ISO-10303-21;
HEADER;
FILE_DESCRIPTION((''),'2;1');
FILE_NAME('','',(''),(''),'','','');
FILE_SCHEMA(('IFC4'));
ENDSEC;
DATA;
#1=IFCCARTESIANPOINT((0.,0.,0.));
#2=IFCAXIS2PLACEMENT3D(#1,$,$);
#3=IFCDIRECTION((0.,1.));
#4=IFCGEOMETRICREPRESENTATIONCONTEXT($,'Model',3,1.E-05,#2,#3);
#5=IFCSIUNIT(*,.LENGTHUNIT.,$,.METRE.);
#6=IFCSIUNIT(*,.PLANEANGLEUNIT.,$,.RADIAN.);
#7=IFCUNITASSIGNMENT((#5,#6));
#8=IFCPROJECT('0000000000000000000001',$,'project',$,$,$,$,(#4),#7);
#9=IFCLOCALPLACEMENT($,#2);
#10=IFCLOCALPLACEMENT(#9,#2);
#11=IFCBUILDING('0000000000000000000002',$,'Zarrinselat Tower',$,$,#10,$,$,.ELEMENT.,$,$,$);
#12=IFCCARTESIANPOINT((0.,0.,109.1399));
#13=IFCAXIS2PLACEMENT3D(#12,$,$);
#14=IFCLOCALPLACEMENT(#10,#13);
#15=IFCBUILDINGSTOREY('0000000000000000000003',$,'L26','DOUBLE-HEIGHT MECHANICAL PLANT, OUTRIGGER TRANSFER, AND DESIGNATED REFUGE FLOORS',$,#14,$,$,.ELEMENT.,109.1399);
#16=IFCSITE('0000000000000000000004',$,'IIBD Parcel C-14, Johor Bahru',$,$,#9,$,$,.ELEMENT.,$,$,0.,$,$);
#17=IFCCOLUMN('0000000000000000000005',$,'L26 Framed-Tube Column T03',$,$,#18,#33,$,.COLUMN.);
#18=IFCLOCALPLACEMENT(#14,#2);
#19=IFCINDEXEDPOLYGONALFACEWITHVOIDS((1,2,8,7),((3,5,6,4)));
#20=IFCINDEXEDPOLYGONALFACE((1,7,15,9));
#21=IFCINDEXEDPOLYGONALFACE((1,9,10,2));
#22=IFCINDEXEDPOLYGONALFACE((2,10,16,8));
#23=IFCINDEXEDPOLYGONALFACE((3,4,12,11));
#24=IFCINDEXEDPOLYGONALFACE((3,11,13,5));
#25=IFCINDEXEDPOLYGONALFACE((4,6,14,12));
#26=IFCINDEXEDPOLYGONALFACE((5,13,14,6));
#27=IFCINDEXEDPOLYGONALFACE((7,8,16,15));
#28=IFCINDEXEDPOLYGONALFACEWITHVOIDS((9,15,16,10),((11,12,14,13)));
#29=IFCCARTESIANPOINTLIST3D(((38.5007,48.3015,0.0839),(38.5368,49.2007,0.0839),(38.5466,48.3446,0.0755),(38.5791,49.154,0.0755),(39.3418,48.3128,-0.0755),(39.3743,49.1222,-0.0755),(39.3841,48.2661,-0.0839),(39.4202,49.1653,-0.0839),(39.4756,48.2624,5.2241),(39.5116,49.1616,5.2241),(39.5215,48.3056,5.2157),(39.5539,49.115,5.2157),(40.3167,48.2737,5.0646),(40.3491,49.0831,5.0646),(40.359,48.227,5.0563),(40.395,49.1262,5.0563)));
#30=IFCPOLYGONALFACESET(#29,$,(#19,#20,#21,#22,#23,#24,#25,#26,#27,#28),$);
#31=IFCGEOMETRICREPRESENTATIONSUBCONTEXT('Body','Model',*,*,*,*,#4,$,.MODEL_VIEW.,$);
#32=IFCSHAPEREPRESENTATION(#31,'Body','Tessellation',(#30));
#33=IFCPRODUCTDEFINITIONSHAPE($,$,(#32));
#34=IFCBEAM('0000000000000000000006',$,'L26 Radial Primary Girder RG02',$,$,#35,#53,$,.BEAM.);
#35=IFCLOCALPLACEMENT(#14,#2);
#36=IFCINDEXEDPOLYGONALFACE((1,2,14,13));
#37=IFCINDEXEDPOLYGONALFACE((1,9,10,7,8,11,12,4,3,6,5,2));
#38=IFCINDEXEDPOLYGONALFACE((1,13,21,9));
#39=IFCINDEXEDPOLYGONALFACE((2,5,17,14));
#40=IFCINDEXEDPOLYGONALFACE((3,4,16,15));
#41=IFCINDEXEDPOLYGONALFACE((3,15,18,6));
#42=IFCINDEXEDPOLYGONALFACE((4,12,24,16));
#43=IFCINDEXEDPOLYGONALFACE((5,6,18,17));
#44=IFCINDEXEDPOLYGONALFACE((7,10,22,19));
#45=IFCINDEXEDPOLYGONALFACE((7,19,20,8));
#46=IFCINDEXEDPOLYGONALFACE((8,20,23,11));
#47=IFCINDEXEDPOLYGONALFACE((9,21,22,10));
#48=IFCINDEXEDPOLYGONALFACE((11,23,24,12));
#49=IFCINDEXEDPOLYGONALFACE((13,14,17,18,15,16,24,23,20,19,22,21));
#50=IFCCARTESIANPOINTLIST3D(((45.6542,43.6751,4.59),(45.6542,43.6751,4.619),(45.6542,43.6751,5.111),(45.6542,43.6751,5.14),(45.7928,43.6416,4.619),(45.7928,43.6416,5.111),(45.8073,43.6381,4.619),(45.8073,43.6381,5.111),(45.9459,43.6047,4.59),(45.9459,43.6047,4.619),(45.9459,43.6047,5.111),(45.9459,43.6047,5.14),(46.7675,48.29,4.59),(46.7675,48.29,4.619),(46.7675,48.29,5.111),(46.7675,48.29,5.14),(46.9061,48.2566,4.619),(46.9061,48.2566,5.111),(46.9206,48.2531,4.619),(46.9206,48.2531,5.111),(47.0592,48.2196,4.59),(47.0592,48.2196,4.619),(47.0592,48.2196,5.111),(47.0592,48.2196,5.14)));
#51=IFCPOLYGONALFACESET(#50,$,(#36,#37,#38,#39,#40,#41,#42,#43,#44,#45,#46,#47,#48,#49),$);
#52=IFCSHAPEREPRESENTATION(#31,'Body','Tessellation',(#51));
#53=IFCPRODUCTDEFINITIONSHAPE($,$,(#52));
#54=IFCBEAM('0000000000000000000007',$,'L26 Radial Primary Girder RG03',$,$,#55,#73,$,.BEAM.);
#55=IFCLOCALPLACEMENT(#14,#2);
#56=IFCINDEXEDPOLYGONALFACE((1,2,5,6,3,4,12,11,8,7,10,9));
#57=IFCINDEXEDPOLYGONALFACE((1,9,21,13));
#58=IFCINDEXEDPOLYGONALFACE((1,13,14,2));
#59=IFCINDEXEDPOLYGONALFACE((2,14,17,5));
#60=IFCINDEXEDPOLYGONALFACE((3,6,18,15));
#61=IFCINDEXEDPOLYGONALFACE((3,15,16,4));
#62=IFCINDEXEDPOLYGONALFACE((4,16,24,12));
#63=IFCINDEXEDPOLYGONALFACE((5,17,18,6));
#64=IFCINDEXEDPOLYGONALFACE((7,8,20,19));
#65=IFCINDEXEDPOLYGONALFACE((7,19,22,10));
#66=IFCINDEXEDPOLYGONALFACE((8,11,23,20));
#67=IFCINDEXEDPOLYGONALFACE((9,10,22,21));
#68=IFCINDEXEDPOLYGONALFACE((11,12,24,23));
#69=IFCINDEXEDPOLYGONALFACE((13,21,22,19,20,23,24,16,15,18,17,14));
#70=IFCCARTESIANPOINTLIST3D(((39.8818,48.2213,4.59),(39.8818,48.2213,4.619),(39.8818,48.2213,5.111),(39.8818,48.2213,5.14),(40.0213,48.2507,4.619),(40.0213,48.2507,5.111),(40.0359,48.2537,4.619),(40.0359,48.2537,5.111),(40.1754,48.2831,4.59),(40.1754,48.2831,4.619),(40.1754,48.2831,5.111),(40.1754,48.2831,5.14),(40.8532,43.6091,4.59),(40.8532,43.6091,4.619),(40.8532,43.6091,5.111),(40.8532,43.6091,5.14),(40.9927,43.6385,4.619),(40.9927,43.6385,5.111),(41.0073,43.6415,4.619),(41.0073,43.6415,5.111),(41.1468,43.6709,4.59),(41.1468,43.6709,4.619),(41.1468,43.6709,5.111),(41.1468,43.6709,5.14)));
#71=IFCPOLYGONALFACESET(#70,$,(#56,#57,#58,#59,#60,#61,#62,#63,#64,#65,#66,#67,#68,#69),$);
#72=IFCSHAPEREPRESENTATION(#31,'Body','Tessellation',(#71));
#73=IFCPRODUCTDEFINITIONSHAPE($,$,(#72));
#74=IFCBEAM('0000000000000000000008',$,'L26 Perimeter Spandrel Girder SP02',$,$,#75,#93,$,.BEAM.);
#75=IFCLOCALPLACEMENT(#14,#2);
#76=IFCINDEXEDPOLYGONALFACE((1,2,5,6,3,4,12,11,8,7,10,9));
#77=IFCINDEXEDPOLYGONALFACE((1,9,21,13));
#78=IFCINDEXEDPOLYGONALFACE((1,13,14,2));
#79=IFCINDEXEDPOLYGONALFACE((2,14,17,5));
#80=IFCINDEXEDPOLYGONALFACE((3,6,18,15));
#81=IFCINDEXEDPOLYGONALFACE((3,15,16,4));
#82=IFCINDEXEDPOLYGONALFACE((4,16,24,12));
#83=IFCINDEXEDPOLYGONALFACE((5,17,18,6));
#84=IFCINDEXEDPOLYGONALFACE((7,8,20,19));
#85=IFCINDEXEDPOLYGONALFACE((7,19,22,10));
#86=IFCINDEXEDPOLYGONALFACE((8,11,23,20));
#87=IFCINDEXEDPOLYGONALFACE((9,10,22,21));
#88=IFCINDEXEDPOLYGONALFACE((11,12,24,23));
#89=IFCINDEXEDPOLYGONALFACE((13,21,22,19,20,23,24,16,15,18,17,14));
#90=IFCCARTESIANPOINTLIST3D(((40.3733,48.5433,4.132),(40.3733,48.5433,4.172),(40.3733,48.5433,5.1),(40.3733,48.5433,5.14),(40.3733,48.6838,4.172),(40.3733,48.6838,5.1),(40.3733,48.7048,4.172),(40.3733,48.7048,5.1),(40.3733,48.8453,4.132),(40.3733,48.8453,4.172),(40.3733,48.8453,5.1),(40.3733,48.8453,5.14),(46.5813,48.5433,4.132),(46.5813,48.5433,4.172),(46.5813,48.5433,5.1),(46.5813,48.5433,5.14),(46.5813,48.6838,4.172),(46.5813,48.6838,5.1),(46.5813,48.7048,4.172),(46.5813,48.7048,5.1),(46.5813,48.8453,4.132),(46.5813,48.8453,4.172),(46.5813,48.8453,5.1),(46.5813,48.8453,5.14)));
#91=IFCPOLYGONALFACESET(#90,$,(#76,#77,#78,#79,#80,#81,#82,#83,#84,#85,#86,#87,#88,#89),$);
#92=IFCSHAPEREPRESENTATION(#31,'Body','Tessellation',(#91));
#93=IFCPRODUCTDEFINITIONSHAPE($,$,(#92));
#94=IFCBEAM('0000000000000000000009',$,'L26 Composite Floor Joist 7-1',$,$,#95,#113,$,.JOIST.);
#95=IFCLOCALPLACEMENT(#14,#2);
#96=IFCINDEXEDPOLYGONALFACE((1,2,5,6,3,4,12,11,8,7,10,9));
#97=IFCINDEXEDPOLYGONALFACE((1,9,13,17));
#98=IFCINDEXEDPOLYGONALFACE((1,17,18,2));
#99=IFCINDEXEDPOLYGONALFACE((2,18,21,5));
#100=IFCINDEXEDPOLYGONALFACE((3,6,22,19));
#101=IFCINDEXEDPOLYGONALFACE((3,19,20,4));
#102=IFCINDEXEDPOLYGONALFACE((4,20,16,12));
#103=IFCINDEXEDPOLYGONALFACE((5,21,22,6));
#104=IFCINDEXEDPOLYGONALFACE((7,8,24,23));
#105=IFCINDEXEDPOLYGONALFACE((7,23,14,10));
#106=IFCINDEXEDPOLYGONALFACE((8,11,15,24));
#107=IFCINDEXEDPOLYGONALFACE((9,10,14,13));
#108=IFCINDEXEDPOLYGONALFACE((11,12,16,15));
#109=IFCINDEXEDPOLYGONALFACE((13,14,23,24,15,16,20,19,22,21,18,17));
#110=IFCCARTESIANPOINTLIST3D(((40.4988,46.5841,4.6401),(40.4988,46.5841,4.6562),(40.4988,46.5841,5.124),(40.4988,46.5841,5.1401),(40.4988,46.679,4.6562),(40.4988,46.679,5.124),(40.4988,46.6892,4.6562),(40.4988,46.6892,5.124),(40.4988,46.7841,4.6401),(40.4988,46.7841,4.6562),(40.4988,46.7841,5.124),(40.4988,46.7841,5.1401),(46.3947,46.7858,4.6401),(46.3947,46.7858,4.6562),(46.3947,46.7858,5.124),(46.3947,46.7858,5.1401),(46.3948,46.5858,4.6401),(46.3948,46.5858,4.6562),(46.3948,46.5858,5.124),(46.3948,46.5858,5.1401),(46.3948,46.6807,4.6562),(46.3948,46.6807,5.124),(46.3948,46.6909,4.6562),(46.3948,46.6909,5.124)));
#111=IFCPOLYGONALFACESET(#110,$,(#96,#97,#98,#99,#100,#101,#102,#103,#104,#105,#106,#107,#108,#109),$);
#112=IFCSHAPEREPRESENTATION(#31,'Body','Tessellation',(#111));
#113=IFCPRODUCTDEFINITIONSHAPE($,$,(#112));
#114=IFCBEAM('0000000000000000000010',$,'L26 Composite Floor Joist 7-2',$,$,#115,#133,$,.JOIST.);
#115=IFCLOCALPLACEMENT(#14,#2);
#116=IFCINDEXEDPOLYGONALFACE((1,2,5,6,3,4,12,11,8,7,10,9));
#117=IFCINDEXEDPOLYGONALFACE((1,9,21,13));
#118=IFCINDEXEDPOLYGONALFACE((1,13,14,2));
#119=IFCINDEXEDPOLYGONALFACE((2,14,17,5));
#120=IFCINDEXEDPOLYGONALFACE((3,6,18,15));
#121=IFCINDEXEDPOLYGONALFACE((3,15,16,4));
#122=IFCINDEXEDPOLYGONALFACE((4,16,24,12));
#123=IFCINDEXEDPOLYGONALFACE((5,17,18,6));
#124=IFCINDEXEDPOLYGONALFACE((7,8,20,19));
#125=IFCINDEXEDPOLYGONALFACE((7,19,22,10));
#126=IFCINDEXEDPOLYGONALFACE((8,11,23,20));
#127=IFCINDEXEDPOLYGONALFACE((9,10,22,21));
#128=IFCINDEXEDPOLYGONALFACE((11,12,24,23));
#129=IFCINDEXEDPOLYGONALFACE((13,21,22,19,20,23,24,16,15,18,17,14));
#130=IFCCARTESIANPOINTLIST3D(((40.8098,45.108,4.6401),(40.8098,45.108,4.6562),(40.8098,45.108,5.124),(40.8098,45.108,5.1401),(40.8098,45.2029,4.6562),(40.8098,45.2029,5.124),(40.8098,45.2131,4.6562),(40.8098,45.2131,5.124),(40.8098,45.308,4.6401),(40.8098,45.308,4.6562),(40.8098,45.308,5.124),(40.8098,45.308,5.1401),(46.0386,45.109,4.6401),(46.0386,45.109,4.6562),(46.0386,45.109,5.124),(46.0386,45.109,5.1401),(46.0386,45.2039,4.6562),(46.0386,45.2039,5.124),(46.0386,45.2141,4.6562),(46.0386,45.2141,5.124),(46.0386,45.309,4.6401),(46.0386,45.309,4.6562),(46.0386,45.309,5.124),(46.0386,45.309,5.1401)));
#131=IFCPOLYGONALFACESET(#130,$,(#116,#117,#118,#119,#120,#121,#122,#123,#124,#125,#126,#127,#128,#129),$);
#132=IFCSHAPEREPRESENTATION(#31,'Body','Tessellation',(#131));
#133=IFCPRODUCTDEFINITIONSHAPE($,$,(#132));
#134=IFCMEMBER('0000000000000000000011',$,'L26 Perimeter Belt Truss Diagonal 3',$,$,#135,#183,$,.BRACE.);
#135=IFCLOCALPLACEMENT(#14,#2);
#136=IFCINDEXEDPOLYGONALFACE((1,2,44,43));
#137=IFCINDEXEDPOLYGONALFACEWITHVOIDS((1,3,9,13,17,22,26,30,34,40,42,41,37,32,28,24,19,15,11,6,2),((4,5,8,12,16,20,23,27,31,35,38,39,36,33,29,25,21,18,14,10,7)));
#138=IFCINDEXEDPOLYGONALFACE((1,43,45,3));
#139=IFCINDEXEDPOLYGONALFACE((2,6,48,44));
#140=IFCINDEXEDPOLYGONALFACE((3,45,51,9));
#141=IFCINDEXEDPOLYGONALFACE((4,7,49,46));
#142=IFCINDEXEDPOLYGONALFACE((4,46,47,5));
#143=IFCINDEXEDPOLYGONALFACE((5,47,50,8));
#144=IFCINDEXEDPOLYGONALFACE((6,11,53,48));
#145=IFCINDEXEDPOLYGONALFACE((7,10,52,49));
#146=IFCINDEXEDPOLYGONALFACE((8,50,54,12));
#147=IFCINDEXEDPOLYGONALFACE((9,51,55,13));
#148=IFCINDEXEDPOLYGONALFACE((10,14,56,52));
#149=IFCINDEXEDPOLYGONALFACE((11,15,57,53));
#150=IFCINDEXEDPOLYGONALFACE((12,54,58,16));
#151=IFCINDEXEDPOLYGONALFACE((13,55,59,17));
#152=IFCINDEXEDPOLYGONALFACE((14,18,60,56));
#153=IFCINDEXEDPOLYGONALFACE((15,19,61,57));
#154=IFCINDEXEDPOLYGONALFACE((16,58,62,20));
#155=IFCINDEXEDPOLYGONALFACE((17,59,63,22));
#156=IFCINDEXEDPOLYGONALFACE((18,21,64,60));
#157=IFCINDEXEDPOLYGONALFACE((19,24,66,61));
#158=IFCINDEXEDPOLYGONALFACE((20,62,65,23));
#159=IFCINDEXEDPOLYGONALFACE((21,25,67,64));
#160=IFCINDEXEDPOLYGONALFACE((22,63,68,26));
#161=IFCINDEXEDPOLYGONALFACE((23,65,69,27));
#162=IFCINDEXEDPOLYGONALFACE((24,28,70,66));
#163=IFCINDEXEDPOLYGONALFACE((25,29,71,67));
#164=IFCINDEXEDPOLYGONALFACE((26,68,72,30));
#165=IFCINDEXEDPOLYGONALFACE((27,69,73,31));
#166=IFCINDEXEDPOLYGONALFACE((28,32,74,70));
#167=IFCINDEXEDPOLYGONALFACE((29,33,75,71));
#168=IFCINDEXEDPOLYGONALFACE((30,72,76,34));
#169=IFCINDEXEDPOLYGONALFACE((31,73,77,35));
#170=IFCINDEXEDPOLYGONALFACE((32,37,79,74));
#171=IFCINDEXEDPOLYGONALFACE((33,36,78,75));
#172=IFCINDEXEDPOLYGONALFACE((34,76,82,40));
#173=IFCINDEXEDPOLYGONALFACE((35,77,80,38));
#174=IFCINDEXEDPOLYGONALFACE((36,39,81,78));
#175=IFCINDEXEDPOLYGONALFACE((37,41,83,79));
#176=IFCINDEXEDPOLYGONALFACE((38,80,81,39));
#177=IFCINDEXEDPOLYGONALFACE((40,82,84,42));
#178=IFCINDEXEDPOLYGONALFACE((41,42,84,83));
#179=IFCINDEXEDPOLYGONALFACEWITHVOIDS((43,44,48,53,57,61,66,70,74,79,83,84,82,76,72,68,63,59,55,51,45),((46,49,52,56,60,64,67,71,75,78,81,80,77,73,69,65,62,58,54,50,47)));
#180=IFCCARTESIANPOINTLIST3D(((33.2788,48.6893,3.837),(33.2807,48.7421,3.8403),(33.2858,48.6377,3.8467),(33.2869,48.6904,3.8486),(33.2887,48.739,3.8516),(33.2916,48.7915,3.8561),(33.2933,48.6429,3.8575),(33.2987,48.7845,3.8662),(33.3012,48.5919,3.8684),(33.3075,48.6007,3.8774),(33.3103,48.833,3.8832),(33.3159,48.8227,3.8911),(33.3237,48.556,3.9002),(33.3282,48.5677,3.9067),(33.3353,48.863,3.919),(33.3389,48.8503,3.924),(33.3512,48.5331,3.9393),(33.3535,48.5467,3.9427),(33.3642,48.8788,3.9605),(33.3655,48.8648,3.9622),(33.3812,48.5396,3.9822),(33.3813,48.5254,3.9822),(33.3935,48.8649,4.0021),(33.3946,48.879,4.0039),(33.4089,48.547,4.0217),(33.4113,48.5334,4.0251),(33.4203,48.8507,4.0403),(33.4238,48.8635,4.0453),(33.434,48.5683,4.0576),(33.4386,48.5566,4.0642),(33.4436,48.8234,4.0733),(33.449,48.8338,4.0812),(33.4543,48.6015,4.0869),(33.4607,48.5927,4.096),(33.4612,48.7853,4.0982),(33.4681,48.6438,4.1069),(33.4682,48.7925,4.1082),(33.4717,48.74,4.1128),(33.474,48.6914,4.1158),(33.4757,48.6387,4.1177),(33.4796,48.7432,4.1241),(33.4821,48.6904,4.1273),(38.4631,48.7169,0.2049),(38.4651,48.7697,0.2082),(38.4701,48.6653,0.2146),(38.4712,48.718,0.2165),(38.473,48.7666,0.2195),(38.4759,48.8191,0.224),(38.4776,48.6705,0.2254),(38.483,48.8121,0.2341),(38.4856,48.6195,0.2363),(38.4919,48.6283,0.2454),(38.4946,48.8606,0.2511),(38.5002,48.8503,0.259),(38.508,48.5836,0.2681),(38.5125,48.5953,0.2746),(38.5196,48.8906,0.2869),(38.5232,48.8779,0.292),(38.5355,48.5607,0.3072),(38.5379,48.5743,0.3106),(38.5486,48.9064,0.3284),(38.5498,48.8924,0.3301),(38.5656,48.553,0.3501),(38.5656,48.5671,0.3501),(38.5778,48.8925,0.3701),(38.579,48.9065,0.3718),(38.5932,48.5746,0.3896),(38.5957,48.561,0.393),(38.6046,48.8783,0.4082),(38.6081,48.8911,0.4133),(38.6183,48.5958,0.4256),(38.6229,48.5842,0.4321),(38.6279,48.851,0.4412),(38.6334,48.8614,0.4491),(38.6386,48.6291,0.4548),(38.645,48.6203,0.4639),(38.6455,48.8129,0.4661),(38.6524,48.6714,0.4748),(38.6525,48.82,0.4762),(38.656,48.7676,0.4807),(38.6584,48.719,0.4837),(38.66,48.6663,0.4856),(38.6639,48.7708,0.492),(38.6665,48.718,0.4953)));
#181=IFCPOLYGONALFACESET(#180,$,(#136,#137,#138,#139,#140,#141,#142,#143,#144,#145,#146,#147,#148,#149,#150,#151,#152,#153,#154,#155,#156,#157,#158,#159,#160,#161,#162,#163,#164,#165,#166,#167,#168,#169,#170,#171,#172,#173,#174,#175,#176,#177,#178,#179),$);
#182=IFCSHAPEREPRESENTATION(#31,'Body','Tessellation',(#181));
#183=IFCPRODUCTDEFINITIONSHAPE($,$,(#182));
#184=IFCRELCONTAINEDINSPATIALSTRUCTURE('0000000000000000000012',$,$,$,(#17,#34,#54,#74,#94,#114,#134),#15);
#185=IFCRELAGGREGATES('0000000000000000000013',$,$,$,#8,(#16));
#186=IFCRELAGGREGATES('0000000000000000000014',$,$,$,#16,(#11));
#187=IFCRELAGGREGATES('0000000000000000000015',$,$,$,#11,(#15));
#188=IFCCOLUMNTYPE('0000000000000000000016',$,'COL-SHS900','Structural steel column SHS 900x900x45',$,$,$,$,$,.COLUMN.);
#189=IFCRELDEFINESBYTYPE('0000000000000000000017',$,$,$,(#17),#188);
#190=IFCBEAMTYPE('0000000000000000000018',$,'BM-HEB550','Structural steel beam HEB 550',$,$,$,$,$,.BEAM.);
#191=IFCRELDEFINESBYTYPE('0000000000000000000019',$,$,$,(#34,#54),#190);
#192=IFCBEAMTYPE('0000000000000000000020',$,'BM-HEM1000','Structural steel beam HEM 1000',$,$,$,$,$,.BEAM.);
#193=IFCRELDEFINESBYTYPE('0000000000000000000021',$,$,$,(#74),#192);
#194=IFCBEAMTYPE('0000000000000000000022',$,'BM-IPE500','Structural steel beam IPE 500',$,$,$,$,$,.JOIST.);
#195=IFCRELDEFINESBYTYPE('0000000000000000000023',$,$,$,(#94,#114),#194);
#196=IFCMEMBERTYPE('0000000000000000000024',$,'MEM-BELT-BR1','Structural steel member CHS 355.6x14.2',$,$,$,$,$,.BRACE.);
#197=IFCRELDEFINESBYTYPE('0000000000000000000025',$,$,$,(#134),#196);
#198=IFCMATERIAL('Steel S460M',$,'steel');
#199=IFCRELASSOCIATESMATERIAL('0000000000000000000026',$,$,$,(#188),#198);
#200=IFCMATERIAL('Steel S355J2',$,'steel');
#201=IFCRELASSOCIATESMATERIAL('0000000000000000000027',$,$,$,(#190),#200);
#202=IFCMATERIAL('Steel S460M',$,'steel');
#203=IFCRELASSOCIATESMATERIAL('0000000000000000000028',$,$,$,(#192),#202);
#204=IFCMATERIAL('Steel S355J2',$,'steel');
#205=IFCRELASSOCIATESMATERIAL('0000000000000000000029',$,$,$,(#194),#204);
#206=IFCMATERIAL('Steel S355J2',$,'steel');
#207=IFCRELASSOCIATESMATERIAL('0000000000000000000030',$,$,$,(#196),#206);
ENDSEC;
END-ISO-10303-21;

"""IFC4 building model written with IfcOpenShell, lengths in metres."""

from ifc_helpers import new_model, si_unit, direction, frame, origin, origin_2d, place, context, subcontext, project, spatial, hollow_rectangle, hollow_circle, i_section, extrude, material, material_profile, profile_set, type_object, element, save


model = new_model("IFC4")

# Units and contexts
model_context = context("Model", 3, precision=1e-05, world=origin(), true_north=direction((0.0, 1.0)))
body_context = subcontext(model_context, "Body", "Model", "MODEL_VIEW")
ifc_project = project(units=[si_unit("LENGTHUNIT", "METRE"), si_unit("PLANEANGLEUNIT", "RADIAN")], contexts=[model_context])

# Site, building, storey
site_placement = place(None, origin())
site = spatial("IfcSite", under=ifc_project, at=site_placement, Name="IIBD Parcel C-14, Johor Bahru", CompositionType="ELEMENT", RefElevation=0.0)
building_placement = place(site_placement, origin())
building = spatial("IfcBuilding", under=site, at=building_placement, Name="Zarrinselat Tower", CompositionType="ELEMENT")
storey_placement = place(building_placement, frame((0.0, 0.0, 109.1399)))
storey = spatial("IfcBuildingStorey", under=building, at=storey_placement, Name="L26", Description="DOUBLE-HEIGHT MECHANICAL PLANT, OUTRIGGER TRANSFER, AND DESIGNATED REFUGE FLOORS", CompositionType="ELEMENT", Elevation=109.1399)

# Column
ifc_material_1 = material(Name="Steel S460M", Category="steel")
ifc_material_profile_1 = material_profile(ifc_material_1, hollow_rectangle(XDim=0.8999, YDim=0.8999, WallThickness=0.0449, at=origin_2d()), Name="SHS 900x900x45")
ifc_profile_set_1 = profile_set([ifc_material_profile_1], Name="Steel S460M")
column_type = type_object("IfcColumnType", Name="COL-SHS900", Description="Structural steel column SHS 900x900x45", PredefinedType="COLUMN", material=ifc_profile_set_1)
column_placement = place(storey_placement, frame((38.9604, 48.7334, 0.0), z_axis=(0.186328, -0.007466, 0.982459), x_axis=(0.040038, 0.999198, 0.0)))
element("IfcColumn", 1, at=column_placement, inside=storey, type_object=column_type, Name="L26 Framed-Tube Column T03", PredefinedType="COLUMN", context=body_context, shape_type="SweptSolid", body=[
    extrude(hollow_rectangle(XDim=0.8999, YDim=0.8999, WallThickness=0.0449, at=origin_2d()), origin(), (0.0, 0.0, 1.0), 5.2319),
])

# Beams
ifc_material_2 = material(Name="Steel S355J2", Category="steel")
ifc_material_profile_2 = material_profile(ifc_material_2, i_section(OverallWidth=0.3, OverallDepth=0.55, WebThickness=0.0149, FlangeThickness=0.0291, at=origin_2d()), Name="HEB 550")
ifc_profile_set_2 = profile_set([ifc_material_profile_2], Name="Steel S355J2")
beam_type_1 = type_object("IfcBeamType", Name="BM-HEB550", Description="Structural steel beam HEB 550", PredefinedType="BEAM", material=ifc_profile_set_2)
beam_1_placement = place(storey_placement, frame((45.8, 43.6399, 4.865), z_axis=(0.234505, 0.972115, 0.0), x_axis=(-0.972115, 0.234505, 0.0)))
element("IfcBeam", 2, at=beam_1_placement, inside=storey, type_object=beam_type_1, Name="L26 Radial Primary Girder RG02", PredefinedType="BEAM", context=body_context, shape_type="SweptSolid", body=[
    extrude(i_section(OverallWidth=0.3, OverallDepth=0.55, WebThickness=0.0149, FlangeThickness=0.0291, at=origin_2d()), origin(), (0.0, 0.0, 1.0), 4.7473),
])
beam_2_placement = place(storey_placement, frame((40.0286, 48.2522, 4.865), z_axis=(0.206097, -0.978532, 0.0), x_axis=(0.978532, 0.206097, 0.0)))
element("IfcBeam", 3, at=beam_2_placement, inside=storey, type_object=beam_type_1, Name="L26 Radial Primary Girder RG03", PredefinedType="BEAM", context=body_context, shape_type="SweptSolid", body=[
    extrude(i_section(OverallWidth=0.3, OverallDepth=0.55, WebThickness=0.0149, FlangeThickness=0.0291, at=origin_2d()), origin(), (0.0, 0.0, 1.0), 4.7134),
])
ifc_material_3 = material(Name="Steel S460M", Category="steel")
ifc_material_profile_3 = material_profile(ifc_material_3, i_section(OverallWidth=0.302, OverallDepth=1.0081, WebThickness=0.021, FlangeThickness=0.04, at=origin_2d()), Name="HEM 1000")
ifc_profile_set_3 = profile_set([ifc_material_profile_3], Name="Steel S460M")
beam_type_2 = type_object("IfcBeamType", Name="BM-HEM1000", Description="Structural steel beam HEM 1000", PredefinedType="BEAM", material=ifc_profile_set_3)
beam_3_placement = place(storey_placement, frame((40.3733, 48.6943, 4.636), z_axis=(1.0, 0.0, 0.0), x_axis=(0.0, 1.0, 0.0)))
element("IfcBeam", 4, at=beam_3_placement, inside=storey, type_object=beam_type_2, Name="L26 Perimeter Spandrel Girder SP02", PredefinedType="BEAM", context=body_context, shape_type="SweptSolid", body=[
    extrude(i_section(OverallWidth=0.302, OverallDepth=1.0081, WebThickness=0.021, FlangeThickness=0.04, at=origin_2d()), origin(), (0.0, 0.0, 1.0), 6.208),
])
ifc_material_4 = material(Name="Steel S355J2", Category="steel")
ifc_material_profile_4 = material_profile(ifc_material_4, i_section(OverallWidth=0.2, OverallDepth=0.5, WebThickness=0.0103, FlangeThickness=0.0161, at=origin_2d()), Name="IPE 500")
ifc_profile_set_4 = profile_set([ifc_material_profile_4], Name="Steel S355J2")
beam_type_3 = type_object("IfcBeamType", Name="BM-IPE500", Description="Structural steel beam IPE 500", PredefinedType="JOIST", material=ifc_profile_set_4)
beam_4_placement = place(storey_placement, frame((40.4988, 46.6841, 4.8901), z_axis=(1.0, 0.00029, 0.0), x_axis=(-0.00029, 1.0, 0.0)))
element("IfcBeam", 5, at=beam_4_placement, inside=storey, type_object=beam_type_3, Name="L26 Composite Floor Joist 7-1", PredefinedType="JOIST", context=body_context, shape_type="SweptSolid", body=[
    extrude(i_section(OverallWidth=0.2, OverallDepth=0.5, WebThickness=0.0103, FlangeThickness=0.0161, at=origin_2d()), origin(), (0.0, 0.0, 1.0), 5.896),
])
beam_5_placement = place(storey_placement, frame((40.8098, 45.208, 4.8901), z_axis=(1.0, 0.000187, 0.0), x_axis=(-0.000187, 1.0, 0.0)))
element("IfcBeam", 6, at=beam_5_placement, inside=storey, type_object=beam_type_3, Name="L26 Composite Floor Joist 7-2", PredefinedType="JOIST", context=body_context, shape_type="SweptSolid", body=[
    extrude(i_section(OverallWidth=0.2, OverallDepth=0.5, WebThickness=0.0103, FlangeThickness=0.0161, at=origin_2d()), origin(), (0.0, 0.0, 1.0), 5.2288),
])

# Member
ifc_material_5 = material(Name="Steel S355J2", Category="steel")
ifc_material_profile_5 = material_profile(ifc_material_5, hollow_circle(Radius=0.1777, WallThickness=0.0142, at=origin_2d()), Name="CHS 355.6x14.2")
ifc_profile_set_5 = profile_set([ifc_material_profile_5], Name="Steel S355J2")
member_type_1 = type_object("IfcMemberType", Name="MEM-BELT-BR1", Description="Structural steel member CHS 355.6x14.2", PredefinedType="BRACE", material=ifc_profile_set_5)
member_1_placement = place(storey_placement, frame((38.5647, 48.7307, 0.3501), z_axis=(-0.818998, -0.004358, 0.57378), x_axis=(0.005321, -0.999986, 0.0)))
element("IfcMember", 7, at=member_1_placement, inside=storey, type_object=member_type_1, Name="L26 Perimeter Belt Truss Diagonal 3", PredefinedType="BRACE", context=body_context, shape_type="SweptSolid", body=[
    extrude(hollow_circle(Radius=0.1777, WallThickness=0.0142, at=origin_2d()), origin(), (0.0, 0.0, 1.0), 6.3301),
])

save(model, "model.ifc")
